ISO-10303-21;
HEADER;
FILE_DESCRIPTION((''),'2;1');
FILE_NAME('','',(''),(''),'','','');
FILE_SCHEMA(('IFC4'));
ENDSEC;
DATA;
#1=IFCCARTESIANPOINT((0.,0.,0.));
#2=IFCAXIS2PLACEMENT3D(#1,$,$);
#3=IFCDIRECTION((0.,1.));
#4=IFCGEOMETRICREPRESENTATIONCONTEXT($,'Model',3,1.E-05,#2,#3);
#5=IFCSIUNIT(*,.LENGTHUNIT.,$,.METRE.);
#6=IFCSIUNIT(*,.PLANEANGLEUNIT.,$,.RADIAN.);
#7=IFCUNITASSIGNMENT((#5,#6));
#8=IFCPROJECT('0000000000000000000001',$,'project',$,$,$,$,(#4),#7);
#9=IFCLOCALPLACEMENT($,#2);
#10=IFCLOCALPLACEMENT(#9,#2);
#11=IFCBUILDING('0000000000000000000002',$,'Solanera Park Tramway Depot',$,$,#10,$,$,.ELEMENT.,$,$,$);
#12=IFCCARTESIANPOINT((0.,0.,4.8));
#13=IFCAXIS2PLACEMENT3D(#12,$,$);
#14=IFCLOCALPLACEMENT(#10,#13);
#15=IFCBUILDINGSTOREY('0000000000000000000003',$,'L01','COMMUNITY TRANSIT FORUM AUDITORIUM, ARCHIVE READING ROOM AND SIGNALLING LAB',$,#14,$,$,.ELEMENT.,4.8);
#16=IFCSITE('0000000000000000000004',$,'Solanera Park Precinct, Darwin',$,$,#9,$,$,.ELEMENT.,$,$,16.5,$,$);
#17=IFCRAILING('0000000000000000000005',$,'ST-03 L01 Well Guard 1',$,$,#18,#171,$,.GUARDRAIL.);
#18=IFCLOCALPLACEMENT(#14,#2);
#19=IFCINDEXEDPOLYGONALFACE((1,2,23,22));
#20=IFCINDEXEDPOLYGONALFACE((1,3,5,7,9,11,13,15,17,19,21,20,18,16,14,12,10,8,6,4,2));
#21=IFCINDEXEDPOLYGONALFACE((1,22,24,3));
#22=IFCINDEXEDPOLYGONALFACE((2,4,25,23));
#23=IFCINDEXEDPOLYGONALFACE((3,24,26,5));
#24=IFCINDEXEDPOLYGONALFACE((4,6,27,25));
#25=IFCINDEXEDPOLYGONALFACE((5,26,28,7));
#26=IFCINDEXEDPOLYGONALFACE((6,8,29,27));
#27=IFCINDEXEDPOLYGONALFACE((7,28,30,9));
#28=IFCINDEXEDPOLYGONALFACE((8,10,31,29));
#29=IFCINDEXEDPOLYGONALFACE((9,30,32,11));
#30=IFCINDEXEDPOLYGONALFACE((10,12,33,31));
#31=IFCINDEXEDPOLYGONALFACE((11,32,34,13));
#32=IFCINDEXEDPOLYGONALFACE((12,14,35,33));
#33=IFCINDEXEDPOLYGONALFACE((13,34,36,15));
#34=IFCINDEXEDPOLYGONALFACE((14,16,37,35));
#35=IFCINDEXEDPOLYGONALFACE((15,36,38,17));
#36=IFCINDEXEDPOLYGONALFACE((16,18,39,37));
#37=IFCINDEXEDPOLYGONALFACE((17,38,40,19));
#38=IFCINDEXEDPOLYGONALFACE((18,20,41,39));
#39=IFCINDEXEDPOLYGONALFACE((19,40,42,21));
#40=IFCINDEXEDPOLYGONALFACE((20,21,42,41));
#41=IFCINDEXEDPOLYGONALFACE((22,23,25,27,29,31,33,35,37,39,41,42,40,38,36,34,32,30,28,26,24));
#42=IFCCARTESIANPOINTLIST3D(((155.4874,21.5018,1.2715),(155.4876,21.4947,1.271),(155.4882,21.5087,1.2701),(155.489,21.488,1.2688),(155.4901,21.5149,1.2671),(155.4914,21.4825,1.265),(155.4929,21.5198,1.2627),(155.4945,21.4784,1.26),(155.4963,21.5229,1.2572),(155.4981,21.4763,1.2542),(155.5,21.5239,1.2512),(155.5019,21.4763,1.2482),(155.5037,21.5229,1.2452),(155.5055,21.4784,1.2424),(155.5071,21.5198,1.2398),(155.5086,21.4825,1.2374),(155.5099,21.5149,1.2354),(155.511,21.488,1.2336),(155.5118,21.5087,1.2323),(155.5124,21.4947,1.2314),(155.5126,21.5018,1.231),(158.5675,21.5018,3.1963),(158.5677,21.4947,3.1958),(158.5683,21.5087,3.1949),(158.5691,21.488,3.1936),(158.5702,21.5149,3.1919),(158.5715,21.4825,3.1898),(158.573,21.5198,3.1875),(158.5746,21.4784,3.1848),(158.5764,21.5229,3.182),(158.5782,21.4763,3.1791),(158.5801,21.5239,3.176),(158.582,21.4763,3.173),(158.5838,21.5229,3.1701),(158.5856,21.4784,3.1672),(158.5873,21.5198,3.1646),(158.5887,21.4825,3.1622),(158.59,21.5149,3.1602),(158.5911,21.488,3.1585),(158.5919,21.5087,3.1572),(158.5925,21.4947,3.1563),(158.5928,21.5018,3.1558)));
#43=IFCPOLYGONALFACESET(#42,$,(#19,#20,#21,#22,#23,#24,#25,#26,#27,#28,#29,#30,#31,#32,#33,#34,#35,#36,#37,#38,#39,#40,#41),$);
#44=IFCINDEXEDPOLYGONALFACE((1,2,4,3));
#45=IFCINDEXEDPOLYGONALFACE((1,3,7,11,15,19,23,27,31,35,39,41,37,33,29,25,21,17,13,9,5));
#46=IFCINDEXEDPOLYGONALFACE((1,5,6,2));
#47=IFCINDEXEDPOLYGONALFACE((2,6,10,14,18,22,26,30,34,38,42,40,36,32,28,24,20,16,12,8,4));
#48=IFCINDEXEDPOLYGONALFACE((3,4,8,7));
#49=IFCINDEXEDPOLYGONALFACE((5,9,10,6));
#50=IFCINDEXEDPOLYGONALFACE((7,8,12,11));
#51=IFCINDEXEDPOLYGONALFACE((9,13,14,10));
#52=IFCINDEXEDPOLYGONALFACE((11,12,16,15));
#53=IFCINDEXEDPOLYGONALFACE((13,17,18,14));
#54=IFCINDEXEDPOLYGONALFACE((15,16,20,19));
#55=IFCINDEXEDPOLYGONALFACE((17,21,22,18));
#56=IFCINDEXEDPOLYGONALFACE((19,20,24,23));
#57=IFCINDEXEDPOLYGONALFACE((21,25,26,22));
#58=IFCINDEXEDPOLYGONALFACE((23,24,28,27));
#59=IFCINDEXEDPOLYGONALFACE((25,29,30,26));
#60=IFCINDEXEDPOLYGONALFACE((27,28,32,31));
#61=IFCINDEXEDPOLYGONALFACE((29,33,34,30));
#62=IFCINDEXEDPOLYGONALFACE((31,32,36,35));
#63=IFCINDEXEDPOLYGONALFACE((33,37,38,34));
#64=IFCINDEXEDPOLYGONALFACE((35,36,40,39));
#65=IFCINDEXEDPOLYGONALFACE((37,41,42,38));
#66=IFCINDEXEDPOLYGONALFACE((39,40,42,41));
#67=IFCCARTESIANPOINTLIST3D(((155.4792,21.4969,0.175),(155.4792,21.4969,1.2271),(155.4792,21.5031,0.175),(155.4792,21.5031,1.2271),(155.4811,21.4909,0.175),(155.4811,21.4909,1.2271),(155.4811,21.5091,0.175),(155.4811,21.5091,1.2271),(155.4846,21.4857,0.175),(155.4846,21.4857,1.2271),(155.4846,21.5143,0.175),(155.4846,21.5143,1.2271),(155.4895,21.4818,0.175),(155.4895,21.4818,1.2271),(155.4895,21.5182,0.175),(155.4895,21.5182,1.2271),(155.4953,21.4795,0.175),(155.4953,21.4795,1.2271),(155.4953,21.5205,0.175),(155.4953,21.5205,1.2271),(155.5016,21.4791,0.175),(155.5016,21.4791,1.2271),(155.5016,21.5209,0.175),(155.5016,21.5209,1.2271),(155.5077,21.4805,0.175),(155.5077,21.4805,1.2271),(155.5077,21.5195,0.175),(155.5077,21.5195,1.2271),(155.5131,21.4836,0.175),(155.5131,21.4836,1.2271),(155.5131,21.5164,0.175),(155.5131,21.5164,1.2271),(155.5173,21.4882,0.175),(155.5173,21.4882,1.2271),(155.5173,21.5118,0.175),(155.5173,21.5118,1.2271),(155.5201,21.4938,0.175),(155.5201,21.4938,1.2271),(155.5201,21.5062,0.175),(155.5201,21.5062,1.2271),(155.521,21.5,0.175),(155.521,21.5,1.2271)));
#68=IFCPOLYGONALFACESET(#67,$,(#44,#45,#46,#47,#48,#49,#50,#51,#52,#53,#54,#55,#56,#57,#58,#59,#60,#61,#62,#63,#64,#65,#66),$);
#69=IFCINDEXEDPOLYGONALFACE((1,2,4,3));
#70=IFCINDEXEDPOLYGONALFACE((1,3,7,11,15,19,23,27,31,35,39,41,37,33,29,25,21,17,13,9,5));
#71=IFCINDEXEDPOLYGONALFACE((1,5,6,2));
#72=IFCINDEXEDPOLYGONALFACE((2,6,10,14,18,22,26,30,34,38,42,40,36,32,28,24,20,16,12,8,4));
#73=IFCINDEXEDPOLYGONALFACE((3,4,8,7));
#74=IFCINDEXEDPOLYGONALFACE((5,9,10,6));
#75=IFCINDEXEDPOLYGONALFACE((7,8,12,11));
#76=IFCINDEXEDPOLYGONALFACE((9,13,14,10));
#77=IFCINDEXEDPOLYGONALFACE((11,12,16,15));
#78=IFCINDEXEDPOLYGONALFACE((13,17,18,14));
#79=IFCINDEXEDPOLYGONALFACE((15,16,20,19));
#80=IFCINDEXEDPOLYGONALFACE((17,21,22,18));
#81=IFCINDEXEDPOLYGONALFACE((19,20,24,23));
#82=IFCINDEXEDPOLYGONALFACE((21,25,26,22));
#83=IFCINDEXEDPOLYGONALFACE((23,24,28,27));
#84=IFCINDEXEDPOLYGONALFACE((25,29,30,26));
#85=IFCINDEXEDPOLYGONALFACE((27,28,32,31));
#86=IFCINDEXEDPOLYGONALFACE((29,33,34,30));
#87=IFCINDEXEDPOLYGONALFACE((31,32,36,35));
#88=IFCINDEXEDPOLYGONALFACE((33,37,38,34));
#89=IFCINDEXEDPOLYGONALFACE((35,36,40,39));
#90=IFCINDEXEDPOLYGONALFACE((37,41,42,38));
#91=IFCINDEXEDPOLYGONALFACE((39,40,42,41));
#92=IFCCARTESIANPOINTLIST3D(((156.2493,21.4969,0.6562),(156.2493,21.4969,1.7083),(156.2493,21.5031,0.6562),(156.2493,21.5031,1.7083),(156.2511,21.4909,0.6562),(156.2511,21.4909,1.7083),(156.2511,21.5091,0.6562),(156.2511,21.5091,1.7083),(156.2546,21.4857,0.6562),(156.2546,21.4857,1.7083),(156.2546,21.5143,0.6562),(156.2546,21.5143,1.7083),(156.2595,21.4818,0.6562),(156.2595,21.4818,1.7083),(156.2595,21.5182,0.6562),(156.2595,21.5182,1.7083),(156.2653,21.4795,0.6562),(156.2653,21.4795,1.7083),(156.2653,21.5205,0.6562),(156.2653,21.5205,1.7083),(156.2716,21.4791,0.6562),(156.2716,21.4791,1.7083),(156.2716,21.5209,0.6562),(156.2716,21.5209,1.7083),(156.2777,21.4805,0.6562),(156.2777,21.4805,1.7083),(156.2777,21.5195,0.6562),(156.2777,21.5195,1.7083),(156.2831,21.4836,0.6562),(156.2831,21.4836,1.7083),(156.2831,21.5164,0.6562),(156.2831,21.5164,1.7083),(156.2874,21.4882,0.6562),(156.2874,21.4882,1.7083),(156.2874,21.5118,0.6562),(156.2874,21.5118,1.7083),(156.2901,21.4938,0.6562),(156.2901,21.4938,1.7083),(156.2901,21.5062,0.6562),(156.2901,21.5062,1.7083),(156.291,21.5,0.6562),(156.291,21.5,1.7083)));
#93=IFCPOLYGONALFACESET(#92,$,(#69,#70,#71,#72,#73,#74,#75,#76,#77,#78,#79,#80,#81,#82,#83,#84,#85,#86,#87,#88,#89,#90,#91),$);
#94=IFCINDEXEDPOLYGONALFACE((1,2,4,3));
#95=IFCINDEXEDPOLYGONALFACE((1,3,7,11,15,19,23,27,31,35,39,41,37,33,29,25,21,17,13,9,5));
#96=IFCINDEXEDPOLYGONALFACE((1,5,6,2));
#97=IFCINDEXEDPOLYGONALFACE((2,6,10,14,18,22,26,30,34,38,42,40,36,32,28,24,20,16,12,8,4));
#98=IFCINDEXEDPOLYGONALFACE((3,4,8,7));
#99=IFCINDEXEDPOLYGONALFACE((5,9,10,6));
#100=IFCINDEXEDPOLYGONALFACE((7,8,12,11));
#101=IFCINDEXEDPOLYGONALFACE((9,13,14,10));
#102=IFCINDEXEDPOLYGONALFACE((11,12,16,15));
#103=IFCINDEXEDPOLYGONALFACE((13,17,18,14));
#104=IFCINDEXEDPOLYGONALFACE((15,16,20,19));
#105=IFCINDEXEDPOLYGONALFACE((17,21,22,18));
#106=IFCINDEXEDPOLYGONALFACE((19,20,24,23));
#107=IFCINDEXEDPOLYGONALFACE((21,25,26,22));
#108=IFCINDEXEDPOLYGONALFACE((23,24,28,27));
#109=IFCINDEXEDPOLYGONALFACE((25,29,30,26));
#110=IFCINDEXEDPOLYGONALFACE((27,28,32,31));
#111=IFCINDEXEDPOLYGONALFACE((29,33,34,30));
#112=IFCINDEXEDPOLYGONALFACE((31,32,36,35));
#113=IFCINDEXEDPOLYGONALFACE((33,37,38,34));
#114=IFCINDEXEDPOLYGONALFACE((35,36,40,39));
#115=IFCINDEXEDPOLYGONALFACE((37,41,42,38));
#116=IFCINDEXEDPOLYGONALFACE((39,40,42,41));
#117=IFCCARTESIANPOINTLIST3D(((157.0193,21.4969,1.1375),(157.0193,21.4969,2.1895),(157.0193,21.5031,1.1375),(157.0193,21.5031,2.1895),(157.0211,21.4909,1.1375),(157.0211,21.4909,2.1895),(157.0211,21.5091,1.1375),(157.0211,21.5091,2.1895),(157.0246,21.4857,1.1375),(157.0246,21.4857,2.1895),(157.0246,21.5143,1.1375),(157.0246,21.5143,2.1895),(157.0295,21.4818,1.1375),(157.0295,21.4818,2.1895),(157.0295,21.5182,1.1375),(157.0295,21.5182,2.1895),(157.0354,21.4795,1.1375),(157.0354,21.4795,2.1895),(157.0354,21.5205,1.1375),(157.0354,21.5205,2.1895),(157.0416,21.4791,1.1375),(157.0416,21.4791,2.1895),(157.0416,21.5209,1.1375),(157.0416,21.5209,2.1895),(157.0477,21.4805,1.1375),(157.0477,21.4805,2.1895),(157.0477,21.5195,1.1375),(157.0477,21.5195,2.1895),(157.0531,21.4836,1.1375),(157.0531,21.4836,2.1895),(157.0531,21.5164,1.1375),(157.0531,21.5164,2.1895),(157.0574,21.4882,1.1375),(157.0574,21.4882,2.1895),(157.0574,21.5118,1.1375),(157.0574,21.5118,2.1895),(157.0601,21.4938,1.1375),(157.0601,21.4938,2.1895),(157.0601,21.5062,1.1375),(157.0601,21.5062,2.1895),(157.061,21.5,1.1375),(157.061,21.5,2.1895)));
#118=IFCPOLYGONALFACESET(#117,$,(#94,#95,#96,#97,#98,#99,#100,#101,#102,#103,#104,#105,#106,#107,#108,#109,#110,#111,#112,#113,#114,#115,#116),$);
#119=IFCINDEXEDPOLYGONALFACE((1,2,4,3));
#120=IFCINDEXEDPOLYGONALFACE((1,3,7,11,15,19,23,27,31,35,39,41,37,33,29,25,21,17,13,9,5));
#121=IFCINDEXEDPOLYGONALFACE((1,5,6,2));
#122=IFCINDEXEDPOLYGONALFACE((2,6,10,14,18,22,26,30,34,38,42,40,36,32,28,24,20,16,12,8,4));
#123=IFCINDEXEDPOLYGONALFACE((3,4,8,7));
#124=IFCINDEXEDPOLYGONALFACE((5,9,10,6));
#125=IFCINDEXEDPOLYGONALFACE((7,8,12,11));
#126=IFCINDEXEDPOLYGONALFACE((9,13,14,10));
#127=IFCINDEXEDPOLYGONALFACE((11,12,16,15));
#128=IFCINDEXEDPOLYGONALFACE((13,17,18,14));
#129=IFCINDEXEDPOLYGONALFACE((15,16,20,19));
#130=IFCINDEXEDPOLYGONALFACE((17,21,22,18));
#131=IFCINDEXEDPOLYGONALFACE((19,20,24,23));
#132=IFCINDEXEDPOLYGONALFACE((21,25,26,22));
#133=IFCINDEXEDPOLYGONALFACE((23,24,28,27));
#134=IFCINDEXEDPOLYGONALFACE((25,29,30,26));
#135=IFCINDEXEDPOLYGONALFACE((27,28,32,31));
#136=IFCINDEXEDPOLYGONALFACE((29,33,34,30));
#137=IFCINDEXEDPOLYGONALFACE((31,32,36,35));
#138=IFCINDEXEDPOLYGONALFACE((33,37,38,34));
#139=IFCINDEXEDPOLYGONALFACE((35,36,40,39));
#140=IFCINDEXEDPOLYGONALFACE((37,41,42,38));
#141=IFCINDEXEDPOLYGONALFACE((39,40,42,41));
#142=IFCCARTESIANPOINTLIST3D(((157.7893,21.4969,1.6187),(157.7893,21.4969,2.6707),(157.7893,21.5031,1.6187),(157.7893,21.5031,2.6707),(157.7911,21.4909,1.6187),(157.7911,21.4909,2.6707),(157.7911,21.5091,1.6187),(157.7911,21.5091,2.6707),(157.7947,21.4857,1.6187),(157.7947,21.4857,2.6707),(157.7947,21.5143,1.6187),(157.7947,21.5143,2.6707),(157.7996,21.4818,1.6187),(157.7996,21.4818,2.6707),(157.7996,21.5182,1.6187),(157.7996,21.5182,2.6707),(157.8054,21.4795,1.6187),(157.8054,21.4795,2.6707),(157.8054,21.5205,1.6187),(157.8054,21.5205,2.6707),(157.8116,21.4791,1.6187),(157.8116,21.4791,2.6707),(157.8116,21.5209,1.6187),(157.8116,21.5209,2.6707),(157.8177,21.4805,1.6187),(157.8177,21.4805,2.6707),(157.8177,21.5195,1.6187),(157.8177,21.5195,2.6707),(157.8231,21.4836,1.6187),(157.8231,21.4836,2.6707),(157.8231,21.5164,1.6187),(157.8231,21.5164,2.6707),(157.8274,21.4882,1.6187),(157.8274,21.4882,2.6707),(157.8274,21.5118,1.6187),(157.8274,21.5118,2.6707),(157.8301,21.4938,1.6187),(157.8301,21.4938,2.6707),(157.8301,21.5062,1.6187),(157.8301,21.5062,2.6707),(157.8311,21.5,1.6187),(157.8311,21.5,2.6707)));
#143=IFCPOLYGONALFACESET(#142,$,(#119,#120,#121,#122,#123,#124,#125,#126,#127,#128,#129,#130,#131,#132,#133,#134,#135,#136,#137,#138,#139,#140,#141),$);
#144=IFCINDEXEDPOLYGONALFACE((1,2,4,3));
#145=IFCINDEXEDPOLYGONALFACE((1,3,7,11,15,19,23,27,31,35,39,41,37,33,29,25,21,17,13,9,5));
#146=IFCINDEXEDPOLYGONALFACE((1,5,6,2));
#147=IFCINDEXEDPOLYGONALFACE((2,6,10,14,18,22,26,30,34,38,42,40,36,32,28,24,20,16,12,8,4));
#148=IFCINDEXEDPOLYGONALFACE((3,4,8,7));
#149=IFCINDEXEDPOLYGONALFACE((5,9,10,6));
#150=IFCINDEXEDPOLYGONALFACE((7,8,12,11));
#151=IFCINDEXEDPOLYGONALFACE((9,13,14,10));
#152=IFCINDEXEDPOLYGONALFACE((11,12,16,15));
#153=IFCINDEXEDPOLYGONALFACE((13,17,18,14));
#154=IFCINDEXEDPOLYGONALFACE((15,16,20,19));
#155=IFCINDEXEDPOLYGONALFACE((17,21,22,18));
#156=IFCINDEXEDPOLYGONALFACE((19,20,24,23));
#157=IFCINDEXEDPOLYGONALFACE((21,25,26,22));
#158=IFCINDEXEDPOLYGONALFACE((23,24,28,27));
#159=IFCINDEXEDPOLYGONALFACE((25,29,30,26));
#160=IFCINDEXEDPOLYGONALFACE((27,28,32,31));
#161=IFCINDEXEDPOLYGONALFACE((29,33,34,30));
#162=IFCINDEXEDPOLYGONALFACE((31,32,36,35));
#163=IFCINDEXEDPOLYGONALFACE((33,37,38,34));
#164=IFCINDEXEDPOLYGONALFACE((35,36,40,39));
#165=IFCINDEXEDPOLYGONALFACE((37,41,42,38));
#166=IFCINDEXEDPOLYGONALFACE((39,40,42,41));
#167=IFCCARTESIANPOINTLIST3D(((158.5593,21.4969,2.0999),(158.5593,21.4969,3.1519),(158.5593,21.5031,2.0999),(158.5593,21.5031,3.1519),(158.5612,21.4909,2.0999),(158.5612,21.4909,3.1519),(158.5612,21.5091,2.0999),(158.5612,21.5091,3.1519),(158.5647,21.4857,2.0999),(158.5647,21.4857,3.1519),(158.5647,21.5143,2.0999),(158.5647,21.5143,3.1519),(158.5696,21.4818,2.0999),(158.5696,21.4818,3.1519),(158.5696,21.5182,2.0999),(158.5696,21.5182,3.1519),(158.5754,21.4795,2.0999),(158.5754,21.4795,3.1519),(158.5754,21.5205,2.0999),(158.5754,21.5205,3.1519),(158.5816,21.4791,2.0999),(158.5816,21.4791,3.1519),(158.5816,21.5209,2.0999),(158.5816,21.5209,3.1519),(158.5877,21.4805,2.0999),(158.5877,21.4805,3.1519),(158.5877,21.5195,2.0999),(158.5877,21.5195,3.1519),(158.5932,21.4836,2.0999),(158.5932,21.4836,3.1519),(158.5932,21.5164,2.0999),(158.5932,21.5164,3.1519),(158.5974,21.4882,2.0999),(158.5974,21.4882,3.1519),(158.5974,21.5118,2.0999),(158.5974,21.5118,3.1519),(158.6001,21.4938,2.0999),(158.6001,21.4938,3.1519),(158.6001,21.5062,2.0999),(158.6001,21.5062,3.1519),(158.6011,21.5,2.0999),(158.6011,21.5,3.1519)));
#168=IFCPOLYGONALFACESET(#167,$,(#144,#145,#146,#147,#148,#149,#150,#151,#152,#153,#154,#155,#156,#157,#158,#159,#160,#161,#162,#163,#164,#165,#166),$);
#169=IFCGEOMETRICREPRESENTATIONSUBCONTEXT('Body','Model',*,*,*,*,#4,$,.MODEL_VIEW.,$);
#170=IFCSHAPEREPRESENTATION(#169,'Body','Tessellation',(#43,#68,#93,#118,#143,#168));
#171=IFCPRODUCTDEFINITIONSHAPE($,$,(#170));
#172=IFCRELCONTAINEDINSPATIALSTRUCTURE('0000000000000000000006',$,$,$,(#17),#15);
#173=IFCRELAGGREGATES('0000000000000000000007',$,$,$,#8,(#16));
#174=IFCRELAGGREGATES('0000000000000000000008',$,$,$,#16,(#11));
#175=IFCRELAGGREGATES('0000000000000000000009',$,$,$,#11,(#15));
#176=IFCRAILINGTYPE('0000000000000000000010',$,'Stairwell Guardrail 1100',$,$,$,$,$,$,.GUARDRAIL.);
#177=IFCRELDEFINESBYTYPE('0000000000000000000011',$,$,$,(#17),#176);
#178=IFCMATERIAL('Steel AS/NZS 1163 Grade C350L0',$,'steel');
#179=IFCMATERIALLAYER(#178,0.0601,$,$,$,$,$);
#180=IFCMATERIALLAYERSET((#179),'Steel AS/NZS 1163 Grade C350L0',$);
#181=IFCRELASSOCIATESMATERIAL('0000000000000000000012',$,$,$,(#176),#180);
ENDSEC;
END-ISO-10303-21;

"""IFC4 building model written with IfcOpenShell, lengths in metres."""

from ifc_helpers import new_model, si_unit, direction, frame, origin, origin_2d, place, context, subcontext, project, spatial, circle, extrude, material, layer, layer_set, type_object, element, save


model = new_model("IFC4")

# Units and contexts
model_context = context("Model", 3, precision=1e-05, world=origin(), true_north=direction((0.0, 1.0)))
body_context = subcontext(model_context, "Body", "Model", "MODEL_VIEW")
ifc_project = project(units=[si_unit("LENGTHUNIT", "METRE"), si_unit("PLANEANGLEUNIT", "RADIAN")], contexts=[model_context])

# Site, building, storey
site_placement = place(None, origin())
site = spatial("IfcSite", under=ifc_project, at=site_placement, Name="Solanera Park Precinct, Darwin", CompositionType="ELEMENT", RefElevation=16.5)
building_placement = place(site_placement, origin())
building = spatial("IfcBuilding", under=site, at=building_placement, Name="Solanera Park Tramway Depot", CompositionType="ELEMENT")
storey_placement = place(building_placement, frame((0.0, 0.0, 4.8)))
storey = spatial("IfcBuildingStorey", under=building, at=storey_placement, Name="L01", Description="COMMUNITY TRANSIT FORUM AUDITORIUM, ARCHIVE READING ROOM AND SIGNALLING LAB", CompositionType="ELEMENT", Elevation=4.8)

# Railing
ifc_material_1 = material(Name="Steel AS/NZS 1163 Grade C350L0", Category="steel")
ifc_layer_1 = layer(ifc_material_1, 0.0601)
ifc_layer_set_1 = layer_set([ifc_layer_1], Name="Steel AS/NZS 1163 Grade C350L0")
railing_type_1 = type_object("IfcRailingType", Name="Stairwell Guardrail 1100", PredefinedType="GUARDRAIL", material=ifc_layer_set_1)
railing_1_placement = place(storey_placement, frame((155.5, 21.5, 0.175)))
element("IfcRailing", 1, at=railing_1_placement, inside=storey, type_object=railing_type_1, Name="ST-03 L01 Well Guard 1", PredefinedType="GUARDRAIL", context=body_context, shape_type="SweptSolid", body=[
    extrude(circle(Radius=0.0239, at=origin_2d()), frame((0.0, 0.0, 1.0762), z_axis=(0.848029, 0.0, 0.529951), x_axis=(0.0, 1.0, 0.0)), (0.0, 0.0, 1.0), 3.6321),
    extrude(circle(Radius=0.021, at=origin_2d()), origin(), (0.0, 0.0, 1.0), 1.052),
    extrude(circle(Radius=0.021, at=origin_2d()), frame((0.77, 0.0, 0.4812)), (0.0, 0.0, 1.0), 1.052),
    extrude(circle(Radius=0.021, at=origin_2d()), frame((1.54, 0.0, 0.9624)), (0.0, 0.0, 1.0), 1.052),
    extrude(circle(Radius=0.021, at=origin_2d()), frame((2.3101, 0.0, 1.4436)), (0.0, 0.0, 1.0), 1.052),
    extrude(circle(Radius=0.021, at=origin_2d()), frame((3.0801, 0.0, 1.9248)), (0.0, 0.0, 1.0), 1.052),
])

save(model, "model.ifc")
